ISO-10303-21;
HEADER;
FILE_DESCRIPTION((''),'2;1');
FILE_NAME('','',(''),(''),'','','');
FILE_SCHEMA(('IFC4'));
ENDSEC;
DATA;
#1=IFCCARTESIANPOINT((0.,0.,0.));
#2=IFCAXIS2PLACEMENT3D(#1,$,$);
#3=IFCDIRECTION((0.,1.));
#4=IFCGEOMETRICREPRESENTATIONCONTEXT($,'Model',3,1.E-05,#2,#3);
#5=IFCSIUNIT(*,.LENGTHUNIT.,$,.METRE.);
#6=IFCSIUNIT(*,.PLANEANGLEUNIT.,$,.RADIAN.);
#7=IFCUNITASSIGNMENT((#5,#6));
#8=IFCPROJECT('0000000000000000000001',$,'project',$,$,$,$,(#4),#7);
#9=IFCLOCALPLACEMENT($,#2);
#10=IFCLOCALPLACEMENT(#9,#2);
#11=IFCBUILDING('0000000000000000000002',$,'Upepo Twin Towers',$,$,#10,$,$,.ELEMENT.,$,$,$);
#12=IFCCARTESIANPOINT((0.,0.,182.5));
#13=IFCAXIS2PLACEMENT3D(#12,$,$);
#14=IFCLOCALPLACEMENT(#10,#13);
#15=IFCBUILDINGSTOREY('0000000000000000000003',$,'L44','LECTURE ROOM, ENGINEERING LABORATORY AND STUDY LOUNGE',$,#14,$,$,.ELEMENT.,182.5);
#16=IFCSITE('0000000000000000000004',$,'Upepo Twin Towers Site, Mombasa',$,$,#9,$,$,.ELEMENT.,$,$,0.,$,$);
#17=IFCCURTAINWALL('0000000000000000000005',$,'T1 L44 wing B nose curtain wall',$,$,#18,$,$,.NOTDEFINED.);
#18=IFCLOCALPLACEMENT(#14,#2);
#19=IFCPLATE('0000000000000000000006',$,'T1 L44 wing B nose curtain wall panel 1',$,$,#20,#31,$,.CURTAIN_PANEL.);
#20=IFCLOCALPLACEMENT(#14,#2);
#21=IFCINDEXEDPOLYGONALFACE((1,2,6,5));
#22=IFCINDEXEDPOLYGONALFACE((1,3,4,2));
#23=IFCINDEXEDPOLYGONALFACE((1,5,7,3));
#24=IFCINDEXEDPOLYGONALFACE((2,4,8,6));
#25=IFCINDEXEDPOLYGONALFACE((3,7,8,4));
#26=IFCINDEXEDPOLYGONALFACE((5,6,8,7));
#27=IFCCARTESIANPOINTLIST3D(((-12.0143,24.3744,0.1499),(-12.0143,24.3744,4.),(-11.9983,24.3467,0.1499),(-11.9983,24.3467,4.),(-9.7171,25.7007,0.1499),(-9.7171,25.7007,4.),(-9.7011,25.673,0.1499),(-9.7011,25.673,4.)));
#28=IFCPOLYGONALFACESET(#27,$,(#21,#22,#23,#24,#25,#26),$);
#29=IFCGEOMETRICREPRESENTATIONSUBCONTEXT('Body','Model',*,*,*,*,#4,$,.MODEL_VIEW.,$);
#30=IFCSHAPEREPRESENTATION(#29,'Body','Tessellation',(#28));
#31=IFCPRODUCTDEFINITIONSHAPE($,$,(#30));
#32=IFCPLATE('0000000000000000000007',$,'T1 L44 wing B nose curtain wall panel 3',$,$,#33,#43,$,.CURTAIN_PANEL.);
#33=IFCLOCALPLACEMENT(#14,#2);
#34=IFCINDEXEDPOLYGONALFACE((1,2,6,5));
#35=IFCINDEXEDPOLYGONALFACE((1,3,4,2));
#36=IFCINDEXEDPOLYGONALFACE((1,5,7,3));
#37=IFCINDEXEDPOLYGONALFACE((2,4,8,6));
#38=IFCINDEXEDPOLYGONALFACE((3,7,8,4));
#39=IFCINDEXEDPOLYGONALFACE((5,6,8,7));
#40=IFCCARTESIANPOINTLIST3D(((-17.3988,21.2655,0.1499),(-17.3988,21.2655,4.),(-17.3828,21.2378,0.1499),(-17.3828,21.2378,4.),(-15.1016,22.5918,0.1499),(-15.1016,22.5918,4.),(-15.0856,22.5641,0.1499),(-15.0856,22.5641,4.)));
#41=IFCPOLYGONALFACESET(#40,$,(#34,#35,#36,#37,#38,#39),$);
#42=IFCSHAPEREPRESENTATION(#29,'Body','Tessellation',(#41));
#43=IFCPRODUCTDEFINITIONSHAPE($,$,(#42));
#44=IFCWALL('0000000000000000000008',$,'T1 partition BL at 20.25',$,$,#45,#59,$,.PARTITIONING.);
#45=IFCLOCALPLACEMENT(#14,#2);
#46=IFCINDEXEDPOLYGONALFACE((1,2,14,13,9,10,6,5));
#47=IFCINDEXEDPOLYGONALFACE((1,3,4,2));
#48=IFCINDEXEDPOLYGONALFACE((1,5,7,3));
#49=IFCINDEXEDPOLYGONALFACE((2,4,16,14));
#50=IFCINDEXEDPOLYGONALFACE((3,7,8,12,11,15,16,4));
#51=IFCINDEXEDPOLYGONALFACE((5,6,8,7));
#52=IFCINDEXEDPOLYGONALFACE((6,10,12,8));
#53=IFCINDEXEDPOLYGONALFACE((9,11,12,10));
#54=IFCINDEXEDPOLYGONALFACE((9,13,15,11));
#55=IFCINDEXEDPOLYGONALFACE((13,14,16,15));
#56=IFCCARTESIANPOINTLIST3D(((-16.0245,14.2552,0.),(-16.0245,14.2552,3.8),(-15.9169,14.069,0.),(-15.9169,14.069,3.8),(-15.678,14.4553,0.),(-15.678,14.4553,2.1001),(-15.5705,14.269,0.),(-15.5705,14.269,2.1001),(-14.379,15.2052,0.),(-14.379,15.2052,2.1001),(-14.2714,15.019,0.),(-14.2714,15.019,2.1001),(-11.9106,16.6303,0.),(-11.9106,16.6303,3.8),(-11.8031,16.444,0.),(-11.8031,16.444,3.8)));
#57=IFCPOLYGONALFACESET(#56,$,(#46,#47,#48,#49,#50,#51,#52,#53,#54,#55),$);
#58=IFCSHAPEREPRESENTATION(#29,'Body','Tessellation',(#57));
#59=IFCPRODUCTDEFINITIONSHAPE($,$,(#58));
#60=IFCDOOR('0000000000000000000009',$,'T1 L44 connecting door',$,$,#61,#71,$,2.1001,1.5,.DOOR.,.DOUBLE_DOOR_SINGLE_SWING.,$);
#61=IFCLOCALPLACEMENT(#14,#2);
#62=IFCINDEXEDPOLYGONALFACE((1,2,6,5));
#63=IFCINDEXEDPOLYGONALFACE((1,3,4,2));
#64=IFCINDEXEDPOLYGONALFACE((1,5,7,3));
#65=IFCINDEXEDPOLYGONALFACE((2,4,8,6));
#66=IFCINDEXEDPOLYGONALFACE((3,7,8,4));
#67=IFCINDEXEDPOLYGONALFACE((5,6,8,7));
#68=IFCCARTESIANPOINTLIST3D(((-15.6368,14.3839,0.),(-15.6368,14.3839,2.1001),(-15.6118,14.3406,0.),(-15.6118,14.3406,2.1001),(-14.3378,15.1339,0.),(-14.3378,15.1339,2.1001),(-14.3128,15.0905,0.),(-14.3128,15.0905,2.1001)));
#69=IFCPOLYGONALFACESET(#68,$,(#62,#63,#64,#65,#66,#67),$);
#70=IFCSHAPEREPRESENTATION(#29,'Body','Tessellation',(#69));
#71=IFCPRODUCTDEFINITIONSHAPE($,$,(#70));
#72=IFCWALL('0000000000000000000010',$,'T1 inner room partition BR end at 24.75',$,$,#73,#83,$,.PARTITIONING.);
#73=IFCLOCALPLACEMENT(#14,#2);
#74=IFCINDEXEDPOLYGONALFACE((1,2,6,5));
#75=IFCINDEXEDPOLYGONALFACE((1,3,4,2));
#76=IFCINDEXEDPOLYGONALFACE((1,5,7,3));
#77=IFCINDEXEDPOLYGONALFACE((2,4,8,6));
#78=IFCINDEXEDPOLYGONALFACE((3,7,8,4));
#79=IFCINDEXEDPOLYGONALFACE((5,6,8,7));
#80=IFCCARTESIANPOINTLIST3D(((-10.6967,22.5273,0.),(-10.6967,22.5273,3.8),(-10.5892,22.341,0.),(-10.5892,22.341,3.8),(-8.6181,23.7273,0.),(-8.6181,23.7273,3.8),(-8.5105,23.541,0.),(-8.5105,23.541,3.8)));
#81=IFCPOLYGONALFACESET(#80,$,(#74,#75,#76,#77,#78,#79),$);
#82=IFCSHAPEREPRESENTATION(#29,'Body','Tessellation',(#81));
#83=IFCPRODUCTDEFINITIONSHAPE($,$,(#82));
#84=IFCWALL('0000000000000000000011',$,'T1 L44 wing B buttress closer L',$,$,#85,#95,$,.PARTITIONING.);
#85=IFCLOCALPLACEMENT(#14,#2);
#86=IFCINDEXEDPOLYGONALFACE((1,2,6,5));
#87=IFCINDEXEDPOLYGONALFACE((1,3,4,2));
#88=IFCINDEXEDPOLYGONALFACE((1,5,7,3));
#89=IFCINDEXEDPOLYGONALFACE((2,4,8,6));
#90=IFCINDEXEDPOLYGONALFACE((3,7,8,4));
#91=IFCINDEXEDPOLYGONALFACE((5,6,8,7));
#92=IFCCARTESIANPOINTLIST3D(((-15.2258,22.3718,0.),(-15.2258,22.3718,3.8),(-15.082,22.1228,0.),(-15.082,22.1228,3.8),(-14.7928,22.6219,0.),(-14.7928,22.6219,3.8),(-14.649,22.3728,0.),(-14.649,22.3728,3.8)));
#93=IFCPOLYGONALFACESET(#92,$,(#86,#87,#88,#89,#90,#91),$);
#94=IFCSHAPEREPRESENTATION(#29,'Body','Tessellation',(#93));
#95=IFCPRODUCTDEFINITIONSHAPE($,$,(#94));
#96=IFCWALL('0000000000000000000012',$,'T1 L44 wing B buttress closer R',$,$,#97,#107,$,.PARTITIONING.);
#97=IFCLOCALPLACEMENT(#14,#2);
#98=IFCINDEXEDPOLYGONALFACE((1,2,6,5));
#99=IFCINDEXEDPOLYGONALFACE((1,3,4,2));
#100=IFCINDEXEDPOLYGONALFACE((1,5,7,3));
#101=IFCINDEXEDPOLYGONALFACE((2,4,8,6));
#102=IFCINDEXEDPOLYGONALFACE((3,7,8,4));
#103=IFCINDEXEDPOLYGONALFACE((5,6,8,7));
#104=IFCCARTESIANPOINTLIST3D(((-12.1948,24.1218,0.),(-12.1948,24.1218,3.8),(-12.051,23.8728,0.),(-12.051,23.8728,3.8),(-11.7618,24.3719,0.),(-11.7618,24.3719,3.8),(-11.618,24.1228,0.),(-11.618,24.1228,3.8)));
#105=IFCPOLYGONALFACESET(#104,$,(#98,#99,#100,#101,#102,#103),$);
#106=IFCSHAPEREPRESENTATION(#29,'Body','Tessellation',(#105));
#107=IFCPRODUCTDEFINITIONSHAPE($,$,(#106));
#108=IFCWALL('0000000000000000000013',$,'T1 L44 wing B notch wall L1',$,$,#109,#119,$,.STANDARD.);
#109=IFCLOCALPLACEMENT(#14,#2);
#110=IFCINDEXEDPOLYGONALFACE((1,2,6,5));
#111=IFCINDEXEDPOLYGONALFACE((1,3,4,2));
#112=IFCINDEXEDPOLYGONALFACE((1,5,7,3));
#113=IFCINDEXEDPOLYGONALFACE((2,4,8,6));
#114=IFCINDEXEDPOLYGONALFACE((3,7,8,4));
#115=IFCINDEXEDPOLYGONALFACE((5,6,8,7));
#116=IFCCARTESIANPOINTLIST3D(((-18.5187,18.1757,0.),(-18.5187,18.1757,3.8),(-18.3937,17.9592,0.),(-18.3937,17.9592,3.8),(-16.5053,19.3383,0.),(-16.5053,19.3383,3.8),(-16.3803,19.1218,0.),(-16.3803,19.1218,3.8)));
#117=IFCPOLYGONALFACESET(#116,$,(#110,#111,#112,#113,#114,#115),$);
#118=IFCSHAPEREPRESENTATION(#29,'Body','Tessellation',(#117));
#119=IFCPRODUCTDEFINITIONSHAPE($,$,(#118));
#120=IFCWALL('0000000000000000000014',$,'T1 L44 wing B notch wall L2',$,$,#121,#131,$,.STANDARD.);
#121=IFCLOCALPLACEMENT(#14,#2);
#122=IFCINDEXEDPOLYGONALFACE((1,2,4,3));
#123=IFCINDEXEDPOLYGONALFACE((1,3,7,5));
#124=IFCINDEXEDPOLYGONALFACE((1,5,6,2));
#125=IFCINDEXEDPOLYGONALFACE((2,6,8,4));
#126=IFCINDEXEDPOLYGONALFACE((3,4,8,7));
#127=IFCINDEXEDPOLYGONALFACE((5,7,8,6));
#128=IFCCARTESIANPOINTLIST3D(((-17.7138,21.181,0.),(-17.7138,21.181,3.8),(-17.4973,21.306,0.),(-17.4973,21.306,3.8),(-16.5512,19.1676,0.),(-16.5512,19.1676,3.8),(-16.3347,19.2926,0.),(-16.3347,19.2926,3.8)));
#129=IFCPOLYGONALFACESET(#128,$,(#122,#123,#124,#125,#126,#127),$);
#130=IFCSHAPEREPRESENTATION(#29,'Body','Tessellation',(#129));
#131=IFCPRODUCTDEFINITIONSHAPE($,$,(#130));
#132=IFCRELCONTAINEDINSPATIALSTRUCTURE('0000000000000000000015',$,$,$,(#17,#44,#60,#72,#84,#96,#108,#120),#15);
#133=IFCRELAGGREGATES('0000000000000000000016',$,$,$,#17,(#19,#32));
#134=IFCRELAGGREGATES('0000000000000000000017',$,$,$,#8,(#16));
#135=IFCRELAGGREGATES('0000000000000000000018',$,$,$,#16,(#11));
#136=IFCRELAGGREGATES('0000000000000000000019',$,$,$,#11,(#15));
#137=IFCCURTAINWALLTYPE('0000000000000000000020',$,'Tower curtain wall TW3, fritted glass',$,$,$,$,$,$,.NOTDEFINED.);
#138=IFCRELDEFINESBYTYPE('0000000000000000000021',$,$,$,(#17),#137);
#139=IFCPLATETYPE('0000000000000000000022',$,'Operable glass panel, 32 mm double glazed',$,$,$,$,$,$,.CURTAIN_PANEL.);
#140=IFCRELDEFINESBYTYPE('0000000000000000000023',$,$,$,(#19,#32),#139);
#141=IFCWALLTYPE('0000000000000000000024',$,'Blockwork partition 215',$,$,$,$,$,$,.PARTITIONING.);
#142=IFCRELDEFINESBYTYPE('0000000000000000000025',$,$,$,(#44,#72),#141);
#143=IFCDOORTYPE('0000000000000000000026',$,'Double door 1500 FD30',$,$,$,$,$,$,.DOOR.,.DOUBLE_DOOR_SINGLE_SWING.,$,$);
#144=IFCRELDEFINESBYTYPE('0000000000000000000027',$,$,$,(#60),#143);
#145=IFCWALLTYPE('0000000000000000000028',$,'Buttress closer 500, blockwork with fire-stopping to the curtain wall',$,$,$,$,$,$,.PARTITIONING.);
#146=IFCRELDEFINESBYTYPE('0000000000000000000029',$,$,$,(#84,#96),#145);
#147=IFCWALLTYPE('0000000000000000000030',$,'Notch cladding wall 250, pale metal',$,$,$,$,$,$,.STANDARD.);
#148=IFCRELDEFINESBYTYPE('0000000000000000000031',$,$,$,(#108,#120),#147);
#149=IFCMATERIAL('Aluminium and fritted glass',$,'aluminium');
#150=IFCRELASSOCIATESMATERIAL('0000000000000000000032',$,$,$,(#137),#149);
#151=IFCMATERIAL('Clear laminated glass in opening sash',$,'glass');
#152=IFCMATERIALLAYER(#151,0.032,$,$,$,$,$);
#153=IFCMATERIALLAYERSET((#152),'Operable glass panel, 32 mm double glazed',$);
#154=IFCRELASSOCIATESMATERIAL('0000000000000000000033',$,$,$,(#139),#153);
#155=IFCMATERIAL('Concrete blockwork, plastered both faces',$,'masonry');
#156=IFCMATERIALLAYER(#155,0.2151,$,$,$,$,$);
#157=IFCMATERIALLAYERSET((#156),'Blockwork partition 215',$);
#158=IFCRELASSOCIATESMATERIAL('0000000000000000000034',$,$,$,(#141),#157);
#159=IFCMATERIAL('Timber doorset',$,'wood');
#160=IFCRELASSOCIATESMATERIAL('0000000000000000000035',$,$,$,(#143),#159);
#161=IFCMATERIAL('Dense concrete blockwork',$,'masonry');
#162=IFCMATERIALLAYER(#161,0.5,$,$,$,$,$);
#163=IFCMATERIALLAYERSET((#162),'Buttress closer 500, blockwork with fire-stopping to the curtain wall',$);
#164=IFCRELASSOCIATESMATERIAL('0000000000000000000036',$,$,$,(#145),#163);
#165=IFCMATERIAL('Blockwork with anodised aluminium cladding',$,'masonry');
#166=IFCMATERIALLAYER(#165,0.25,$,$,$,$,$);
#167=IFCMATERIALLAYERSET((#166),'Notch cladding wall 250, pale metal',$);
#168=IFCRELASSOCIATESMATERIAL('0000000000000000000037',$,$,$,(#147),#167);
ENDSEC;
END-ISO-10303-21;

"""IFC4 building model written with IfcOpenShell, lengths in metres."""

from ifc_helpers import new_model, si_unit, direction, frame, frame_2d, origin, origin_2d, place, context, subcontext, project, spatial, rectangle, extrude, material, layer, layer_set, type_object, element, fill, aggregate, save


model = new_model("IFC4")

# Units and contexts
model_context = context("Model", 3, precision=1e-05, world=origin(), true_north=direction((0.0, 1.0)))
body_context = subcontext(model_context, "Body", "Model", "MODEL_VIEW")
ifc_project = project(units=[si_unit("LENGTHUNIT", "METRE"), si_unit("PLANEANGLEUNIT", "RADIAN")], contexts=[model_context])

# Site, building, storey
site_placement = place(None, origin())
site = spatial("IfcSite", under=ifc_project, at=site_placement, Name="Upepo Twin Towers Site, Mombasa", CompositionType="ELEMENT", RefElevation=0.0)
building_placement = place(site_placement, origin())
building = spatial("IfcBuilding", under=site, at=building_placement, Name="Upepo Twin Towers", CompositionType="ELEMENT")
storey_placement = place(building_placement, frame((0.0, 0.0, 182.5)))
storey = spatial("IfcBuildingStorey", under=building, at=storey_placement, Name="L44", Description="LECTURE ROOM, ENGINEERING LABORATORY AND STUDY LOUNGE", CompositionType="ELEMENT", Elevation=182.5)

# Curtain wall
ifc_material_1 = material(Name="Aluminium and fritted glass", Category="aluminium")
curtain_wall_type = type_object("IfcCurtainWallType", Name="Tower curtain wall TW3, fritted glass", PredefinedType="NOTDEFINED", material=ifc_material_1)
curtain_wall_1_placement = place(storey_placement, origin())
curtain_wall_1 = element("IfcCurtainWall", 1, at=curtain_wall_1_placement, inside=storey, type_object=curtain_wall_type, Name="T1 L44 wing B nose curtain wall", PredefinedType="NOTDEFINED")

# Plates
ifc_material_2 = material(Name="Clear laminated glass in opening sash", Category="glass")
ifc_layer_1 = layer(ifc_material_2, 0.032)
ifc_layer_set_1 = layer_set([ifc_layer_1], Name="Operable glass panel, 32 mm double glazed")
plate_type_1 = type_object("IfcPlateType", Name="Operable glass panel, 32 mm double glazed", PredefinedType="CURTAIN_PANEL", material=ifc_layer_set_1)
plate_1_placement = place(storey_placement, frame((-10.8577, 25.0237, 0.1499), z_axis=(0.0, 0.0, 1.0), x_axis=(-0.866025, -0.5, 0.0)))
plate_1 = element("IfcPlate", 2, at=plate_1_placement, type_object=plate_type_1, Name="T1 L44 wing B nose curtain wall panel 1", PredefinedType="CURTAIN_PANEL", context=body_context, shape_type="SweptSolid", body=[
    extrude(rectangle(XDim=2.6526, YDim=0.032, at=origin_2d()), origin(), (0.0, 0.0, 1.0), 3.8501),
])
plate_2_placement = place(storey_placement, frame((-16.2422, 21.9148, 0.1499), z_axis=(0.0, 0.0, 1.0), x_axis=(-0.866025, -0.5, 0.0)))
plate_2 = element("IfcPlate", 3, at=plate_2_placement, type_object=plate_type_1, Name="T1 L44 wing B nose curtain wall panel 3", PredefinedType="CURTAIN_PANEL", context=body_context, shape_type="SweptSolid", body=[
    extrude(rectangle(XDim=2.6526, YDim=0.032, at=origin_2d()), origin(), (0.0, 0.0, 1.0), 3.8501),
])
aggregate(curtain_wall_1, [plate_1, plate_2])

# Wall, opening, door
ifc_material_3 = material(Name="Concrete blockwork, plastered both faces", Category="masonry")
ifc_layer_2 = layer(ifc_material_3, 0.2151)
ifc_layer_set_2 = layer_set([ifc_layer_2], Name="Blockwork partition 215")
wall_type_1 = type_object("IfcWallType", Name="Blockwork partition 215", PredefinedType="PARTITIONING", material=ifc_layer_set_2)
wall_1_placement = place(storey_placement, frame((-11.8569, 16.5371, 0.0), z_axis=(0.0, 0.0, 1.0), x_axis=(-0.866033, -0.499986, 0.0)))
wall_1 = element("IfcWall", 4, at=wall_1_placement, inside=storey, type_object=wall_type_1, Name="T1 partition BL at 20.25", PredefinedType="PARTITIONING", context=body_context, shape_type="SweptSolid", body=[
    extrude(rectangle(XDim=4.7502, YDim=0.2151, at=frame_2d((2.375, 0.0))), origin(), (0.0, 0.0, 1.0), 3.8),
])
opening_placement = place(wall_1_placement, frame((2.8501, 0.0, 0.0)))
opening = element("IfcOpeningElement", 5, at=opening_placement, cuts=wall_1, PredefinedType="OPENING", context=body_context, shape_type="SweptSolid", body=[
    extrude(rectangle(XDim=1.5, YDim=2.1001, at=frame_2d((0.75, 1.05))), frame((0.0, 0.1174, 0.0), z_axis=(0.0, -1.0, 0.0), x_axis=(1.0, 0.0, 0.0)), (0.0, 0.0, 1.0), 0.2351),
])
ifc_material_4 = material(Name="Timber doorset", Category="wood")
door_type = type_object("IfcDoorType", Name="Double door 1500 FD30", OperationType="DOUBLE_DOOR_SINGLE_SWING", PredefinedType="DOOR", material=ifc_material_4)
door_placement = place(opening_placement, origin())
door = element("IfcDoor", 6, at=door_placement, inside=storey, type_object=door_type, Name="T1 L44 connecting door", OperationType="DOUBLE_DOOR_SINGLE_SWING", OverallHeight=2.1001, OverallWidth=1.5, PredefinedType="DOOR", context=body_context, shape_type="SweptSolid", body=[
    extrude(rectangle(XDim=1.5, YDim=2.1001, at=frame_2d((0.75, 1.05))), frame((0.0, 0.0249, 0.0), z_axis=(0.0, -1.0, 0.0), x_axis=(1.0, 0.0, 0.0)), (0.0, 0.0, 1.0), 0.05),
])
fill(opening, door)

# Walls
wall_2_placement = place(storey_placement, frame((-10.6431, 22.4341, 0.0), z_axis=(0.0, 0.0, 1.0), x_axis=(0.86605, 0.499957, 0.0)))
element("IfcWall", 7, at=wall_2_placement, inside=storey, type_object=wall_type_1, Name="T1 inner room partition BR end at 24.75", PredefinedType="PARTITIONING", context=body_context, shape_type="SweptSolid", body=[
    extrude(rectangle(XDim=2.4001, YDim=0.2151, at=frame_2d((1.2002, 0.0))), origin(), (0.0, 0.0, 1.0), 3.8),
])
ifc_material_5 = material(Name="Dense concrete blockwork", Category="masonry")
ifc_layer_3 = layer(ifc_material_5, 0.5)
ifc_layer_set_3 = layer_set([ifc_layer_3], Name="Buttress closer 500, blockwork with fire-stopping to the curtain wall")
wall_type_2 = type_object("IfcWallType", Name="Buttress closer 500, blockwork with fire-stopping to the curtain wall", PredefinedType="PARTITIONING", material=ifc_layer_set_3)
for number, where, z_axis, x_axis, name in (
    (8, (-14.8655, 22.2478, 0.0), (0.0, 0.0, 1.0), (-0.500065, 0.865988, 0.0), "T1 L44 wing B buttress closer L"),
    (9, (-11.8345, 23.9978, 0.0), (0.0, 0.0, 1.0), (-0.500065, 0.865988, 0.0), "T1 L44 wing B buttress closer R"),
):
    element("IfcWall", number, at=place(storey_placement, frame(where, z_axis=z_axis, x_axis=x_axis)), inside=storey, type_object=wall_type_2, Name=name, PredefinedType="PARTITIONING", context=body_context, shape_type="SweptSolid", body=[
        extrude(rectangle(XDim=0.2876, YDim=0.5, at=frame_2d((0.1438, 0.0))), origin(), (0.0, 0.0, 1.0), 3.8),
    ])
ifc_material_6 = material(Name="Blockwork with anodised aluminium cladding", Category="masonry")
ifc_layer_4 = layer(ifc_material_6, 0.25)
ifc_layer_set_4 = layer_set([ifc_layer_4], Name="Notch cladding wall 250, pale metal")
wall_type_3 = type_object("IfcWallType", Name="Notch cladding wall 250, pale metal", PredefinedType="STANDARD", material=ifc_layer_set_4)
for number, where, z_axis, x_axis, name in (
    (10, (-18.4563, 18.0674, 0.0), (0.0, 0.0, 1.0), (0.865998, 0.500047, 0.0), "T1 L44 wing B notch wall L1"),
    (11, (-16.4429, 19.23, 0.0), (0.0, 0.0, 1.0), (-0.500047, 0.865998, 0.0), "T1 L44 wing B notch wall L2"),
):
    element("IfcWall", number, at=place(storey_placement, frame(where, z_axis=z_axis, x_axis=x_axis)), inside=storey, type_object=wall_type_3, Name=name, PredefinedType="STANDARD", context=body_context, shape_type="SweptSolid", body=[
        extrude(rectangle(XDim=2.325, YDim=0.25, at=frame_2d((1.1626, 0.0))), origin(), (0.0, 0.0, 1.0), 3.8),
    ])

save(model, "model.ifc")
